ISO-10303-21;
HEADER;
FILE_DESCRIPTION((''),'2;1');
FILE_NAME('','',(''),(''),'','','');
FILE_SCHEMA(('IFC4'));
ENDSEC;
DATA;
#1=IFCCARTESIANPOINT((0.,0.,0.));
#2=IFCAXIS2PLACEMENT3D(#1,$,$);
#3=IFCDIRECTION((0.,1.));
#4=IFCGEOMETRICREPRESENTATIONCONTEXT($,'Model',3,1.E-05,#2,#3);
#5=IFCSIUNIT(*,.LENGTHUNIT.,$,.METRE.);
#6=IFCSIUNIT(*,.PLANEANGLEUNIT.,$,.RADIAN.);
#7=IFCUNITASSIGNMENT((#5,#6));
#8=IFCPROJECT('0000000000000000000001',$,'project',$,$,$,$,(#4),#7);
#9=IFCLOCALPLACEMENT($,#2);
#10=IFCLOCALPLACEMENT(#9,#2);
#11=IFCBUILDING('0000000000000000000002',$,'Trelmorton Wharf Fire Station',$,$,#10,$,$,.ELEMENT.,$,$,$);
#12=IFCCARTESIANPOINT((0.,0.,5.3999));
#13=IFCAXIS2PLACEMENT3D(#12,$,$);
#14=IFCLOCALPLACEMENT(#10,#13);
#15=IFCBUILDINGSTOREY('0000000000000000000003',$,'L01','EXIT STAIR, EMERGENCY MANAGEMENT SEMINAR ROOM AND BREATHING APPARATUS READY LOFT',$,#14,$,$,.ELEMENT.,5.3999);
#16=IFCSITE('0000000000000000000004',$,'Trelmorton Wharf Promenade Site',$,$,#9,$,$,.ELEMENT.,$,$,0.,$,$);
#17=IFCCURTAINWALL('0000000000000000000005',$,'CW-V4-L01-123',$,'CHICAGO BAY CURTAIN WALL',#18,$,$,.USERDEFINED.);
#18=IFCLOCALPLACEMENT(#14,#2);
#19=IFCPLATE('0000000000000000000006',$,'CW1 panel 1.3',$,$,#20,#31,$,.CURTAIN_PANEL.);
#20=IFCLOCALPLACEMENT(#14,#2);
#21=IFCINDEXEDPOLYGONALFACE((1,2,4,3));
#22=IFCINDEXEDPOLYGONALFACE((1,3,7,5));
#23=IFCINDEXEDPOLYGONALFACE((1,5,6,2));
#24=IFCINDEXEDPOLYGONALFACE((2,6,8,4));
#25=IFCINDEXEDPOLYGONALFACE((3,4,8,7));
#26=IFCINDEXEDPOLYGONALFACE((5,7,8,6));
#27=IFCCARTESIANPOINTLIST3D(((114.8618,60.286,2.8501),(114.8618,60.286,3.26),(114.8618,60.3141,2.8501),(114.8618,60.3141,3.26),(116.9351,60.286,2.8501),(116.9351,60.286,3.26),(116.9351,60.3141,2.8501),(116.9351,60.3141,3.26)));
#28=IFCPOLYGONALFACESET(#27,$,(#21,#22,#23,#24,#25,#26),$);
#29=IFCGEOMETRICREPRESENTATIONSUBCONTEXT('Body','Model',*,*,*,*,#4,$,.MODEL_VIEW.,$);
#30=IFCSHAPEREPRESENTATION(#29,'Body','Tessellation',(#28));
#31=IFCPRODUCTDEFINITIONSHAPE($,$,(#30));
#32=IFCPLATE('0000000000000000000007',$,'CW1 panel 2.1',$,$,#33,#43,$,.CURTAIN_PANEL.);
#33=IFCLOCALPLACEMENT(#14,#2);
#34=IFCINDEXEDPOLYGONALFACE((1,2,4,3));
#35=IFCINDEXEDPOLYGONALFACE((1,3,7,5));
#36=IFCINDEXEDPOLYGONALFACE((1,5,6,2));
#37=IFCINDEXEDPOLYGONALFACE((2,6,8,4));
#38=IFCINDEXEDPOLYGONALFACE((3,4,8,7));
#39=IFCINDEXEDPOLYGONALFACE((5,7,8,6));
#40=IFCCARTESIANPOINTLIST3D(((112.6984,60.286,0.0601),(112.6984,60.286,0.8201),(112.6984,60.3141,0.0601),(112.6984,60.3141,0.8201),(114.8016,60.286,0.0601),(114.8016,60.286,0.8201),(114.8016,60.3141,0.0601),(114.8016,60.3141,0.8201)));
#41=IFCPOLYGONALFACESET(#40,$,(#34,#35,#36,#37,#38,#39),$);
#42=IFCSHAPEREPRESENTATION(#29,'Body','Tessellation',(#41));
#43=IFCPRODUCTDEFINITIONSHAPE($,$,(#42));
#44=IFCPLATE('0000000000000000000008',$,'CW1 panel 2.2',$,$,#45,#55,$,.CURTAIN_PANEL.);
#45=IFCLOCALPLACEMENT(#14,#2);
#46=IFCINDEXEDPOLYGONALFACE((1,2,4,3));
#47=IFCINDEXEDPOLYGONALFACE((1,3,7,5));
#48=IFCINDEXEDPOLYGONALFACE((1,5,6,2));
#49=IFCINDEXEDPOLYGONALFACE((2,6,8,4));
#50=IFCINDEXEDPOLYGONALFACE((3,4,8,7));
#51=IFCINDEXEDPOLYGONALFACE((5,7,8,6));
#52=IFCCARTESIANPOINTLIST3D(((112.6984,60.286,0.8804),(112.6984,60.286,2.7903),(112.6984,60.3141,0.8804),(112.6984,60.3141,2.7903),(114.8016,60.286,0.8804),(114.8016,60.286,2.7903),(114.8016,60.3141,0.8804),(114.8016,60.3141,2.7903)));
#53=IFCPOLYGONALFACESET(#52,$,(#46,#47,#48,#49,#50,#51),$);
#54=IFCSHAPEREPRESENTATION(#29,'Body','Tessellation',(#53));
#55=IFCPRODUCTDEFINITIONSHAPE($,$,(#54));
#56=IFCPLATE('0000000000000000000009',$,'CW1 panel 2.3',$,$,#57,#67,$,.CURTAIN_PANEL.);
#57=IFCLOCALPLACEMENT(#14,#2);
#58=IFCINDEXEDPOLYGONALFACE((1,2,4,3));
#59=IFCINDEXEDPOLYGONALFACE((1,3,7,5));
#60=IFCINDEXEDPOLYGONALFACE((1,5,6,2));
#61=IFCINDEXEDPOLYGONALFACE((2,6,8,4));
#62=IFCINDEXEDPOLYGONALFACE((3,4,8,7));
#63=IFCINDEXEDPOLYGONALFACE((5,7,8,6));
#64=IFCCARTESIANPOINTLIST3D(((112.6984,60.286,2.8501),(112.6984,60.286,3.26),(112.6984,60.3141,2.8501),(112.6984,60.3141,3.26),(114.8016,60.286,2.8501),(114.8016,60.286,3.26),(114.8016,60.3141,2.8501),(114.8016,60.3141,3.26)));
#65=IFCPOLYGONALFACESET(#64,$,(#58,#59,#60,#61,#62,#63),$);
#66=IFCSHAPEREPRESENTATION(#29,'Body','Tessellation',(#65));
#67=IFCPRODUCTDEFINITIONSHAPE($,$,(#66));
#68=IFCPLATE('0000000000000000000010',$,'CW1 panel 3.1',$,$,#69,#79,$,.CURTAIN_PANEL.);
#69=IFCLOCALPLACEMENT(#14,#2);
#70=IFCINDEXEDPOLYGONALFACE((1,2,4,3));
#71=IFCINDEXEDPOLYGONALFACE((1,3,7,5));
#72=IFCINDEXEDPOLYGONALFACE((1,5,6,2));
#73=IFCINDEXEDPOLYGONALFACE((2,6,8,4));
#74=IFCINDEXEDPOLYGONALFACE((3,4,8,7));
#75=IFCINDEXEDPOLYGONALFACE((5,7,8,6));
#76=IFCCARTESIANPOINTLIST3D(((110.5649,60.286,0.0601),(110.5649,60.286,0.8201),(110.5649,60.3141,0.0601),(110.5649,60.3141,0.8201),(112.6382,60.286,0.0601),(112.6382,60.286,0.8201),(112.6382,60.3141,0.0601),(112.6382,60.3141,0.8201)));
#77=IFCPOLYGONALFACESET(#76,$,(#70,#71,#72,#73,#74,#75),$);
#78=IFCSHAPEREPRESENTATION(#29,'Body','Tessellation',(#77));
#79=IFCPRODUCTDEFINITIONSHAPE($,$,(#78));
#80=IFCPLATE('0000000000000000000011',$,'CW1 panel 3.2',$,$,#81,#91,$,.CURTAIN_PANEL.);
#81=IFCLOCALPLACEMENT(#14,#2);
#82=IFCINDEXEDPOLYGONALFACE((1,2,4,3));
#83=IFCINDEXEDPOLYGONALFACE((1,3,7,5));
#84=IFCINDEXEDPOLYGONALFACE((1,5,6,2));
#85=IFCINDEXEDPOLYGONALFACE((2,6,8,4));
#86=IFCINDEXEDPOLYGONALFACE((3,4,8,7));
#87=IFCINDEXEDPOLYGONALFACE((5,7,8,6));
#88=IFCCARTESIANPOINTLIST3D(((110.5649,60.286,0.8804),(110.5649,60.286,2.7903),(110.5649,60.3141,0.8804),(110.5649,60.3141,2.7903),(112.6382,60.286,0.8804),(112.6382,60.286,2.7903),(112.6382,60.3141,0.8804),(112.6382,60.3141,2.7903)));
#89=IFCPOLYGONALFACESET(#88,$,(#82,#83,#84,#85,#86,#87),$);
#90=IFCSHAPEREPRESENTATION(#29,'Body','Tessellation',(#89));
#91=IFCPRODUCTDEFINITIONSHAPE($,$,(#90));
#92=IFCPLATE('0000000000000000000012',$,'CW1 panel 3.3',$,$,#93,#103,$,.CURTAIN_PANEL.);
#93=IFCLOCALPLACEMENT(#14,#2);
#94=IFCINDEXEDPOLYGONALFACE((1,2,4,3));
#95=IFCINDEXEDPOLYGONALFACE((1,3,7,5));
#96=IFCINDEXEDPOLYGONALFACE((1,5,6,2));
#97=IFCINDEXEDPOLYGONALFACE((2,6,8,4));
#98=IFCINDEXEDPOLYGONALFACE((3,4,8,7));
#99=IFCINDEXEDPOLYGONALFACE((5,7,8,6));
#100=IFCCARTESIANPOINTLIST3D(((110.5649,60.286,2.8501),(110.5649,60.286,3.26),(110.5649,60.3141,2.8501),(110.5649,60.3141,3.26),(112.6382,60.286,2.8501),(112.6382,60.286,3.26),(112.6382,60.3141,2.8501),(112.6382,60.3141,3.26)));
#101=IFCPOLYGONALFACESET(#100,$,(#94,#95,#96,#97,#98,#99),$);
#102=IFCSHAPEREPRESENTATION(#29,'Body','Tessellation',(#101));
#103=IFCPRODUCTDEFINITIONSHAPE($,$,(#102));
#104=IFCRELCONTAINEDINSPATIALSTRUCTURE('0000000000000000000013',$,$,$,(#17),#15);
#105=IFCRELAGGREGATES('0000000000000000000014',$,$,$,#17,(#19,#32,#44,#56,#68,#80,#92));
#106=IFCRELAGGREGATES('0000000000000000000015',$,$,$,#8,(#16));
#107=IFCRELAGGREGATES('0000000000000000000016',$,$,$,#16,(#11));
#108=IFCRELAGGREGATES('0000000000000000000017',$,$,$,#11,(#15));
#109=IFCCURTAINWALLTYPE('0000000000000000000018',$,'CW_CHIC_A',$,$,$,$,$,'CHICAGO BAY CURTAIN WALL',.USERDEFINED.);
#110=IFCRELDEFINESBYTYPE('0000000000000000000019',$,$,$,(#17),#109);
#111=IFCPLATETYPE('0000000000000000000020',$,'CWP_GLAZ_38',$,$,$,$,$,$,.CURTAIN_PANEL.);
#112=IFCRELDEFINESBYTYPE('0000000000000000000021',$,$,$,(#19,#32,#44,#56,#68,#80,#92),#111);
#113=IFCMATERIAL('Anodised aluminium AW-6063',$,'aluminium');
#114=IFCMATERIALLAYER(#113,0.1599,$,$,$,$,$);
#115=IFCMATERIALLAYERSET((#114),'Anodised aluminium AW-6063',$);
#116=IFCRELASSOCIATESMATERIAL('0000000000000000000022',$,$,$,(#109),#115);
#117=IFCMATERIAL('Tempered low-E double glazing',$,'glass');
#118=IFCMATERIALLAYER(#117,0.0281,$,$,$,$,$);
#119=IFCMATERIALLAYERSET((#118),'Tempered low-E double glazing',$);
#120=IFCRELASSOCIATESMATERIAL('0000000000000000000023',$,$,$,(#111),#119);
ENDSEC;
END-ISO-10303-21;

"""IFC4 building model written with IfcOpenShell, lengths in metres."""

from ifc_helpers import new_model, si_unit, direction, frame, origin, origin_2d, place, context, subcontext, project, spatial, rectangle, extrude, material, layer, layer_set, type_object, element, aggregate, save


model = new_model("IFC4")

# Units and contexts
model_context = context("Model", 3, precision=1e-05, world=origin(), true_north=direction((0.0, 1.0)))
body_context = subcontext(model_context, "Body", "Model", "MODEL_VIEW")
ifc_project = project(units=[si_unit("LENGTHUNIT", "METRE"), si_unit("PLANEANGLEUNIT", "RADIAN")], contexts=[model_context])

# Site, building, storey
site_placement = place(None, origin())
site = spatial("IfcSite", under=ifc_project, at=site_placement, Name="Trelmorton Wharf Promenade Site", CompositionType="ELEMENT", RefElevation=0.0)
building_placement = place(site_placement, origin())
building = spatial("IfcBuilding", under=site, at=building_placement, Name="Trelmorton Wharf Fire Station", CompositionType="ELEMENT")
storey_placement = place(building_placement, frame((0.0, 0.0, 5.3999)))
storey = spatial("IfcBuildingStorey", under=building, at=storey_placement, Name="L01", Description="EXIT STAIR, EMERGENCY MANAGEMENT SEMINAR ROOM AND BREATHING APPARATUS READY LOFT", CompositionType="ELEMENT", Elevation=5.3999)

# Curtain wall
ifc_material_1 = material(Name="Anodised aluminium AW-6063", Category="aluminium")
ifc_layer_1 = layer(ifc_material_1, 0.1599)
ifc_layer_set_1 = layer_set([ifc_layer_1], Name="Anodised aluminium AW-6063")
curtain_wall_type = type_object("IfcCurtainWallType", Name="CW_CHIC_A", ElementType="CHICAGO BAY CURTAIN WALL", PredefinedType="USERDEFINED", material=ifc_layer_set_1)
curtain_wall_placement = place(storey_placement, origin())
curtain_wall = element("IfcCurtainWall", 1, at=curtain_wall_placement, inside=storey, type_object=curtain_wall_type, Name="CW-V4-L01-123", ObjectType="CHICAGO BAY CURTAIN WALL", PredefinedType="USERDEFINED")

# Plates
ifc_material_2 = material(Name="Tempered low-E double glazing", Category="glass")
ifc_layer_2 = layer(ifc_material_2, 0.0281)
ifc_layer_set_2 = layer_set([ifc_layer_2], Name="Tempered low-E double glazing")
plate_type = type_object("IfcPlateType", Name="CWP_GLAZ_38", PredefinedType="CURTAIN_PANEL", material=ifc_layer_set_2)
plate_1_placement = place(storey_placement, frame((115.8984, 60.3, 2.8501), z_axis=(0.0, 0.0, 1.0), x_axis=(-1.0, 0.0, 0.0)))
plate_1 = element("IfcPlate", 2, at=plate_1_placement, type_object=plate_type, Name="CW1 panel 1.3", PredefinedType="CURTAIN_PANEL", context=body_context, shape_type="SweptSolid", body=[
    extrude(rectangle(XDim=2.0732, YDim=0.0281, at=origin_2d()), origin(), (0.0, 0.0, 1.0), 0.4099),
])
plate_2_placement = place(storey_placement, frame((113.75, 60.3, 0.0601), z_axis=(0.0, 0.0, 1.0), x_axis=(-1.0, 0.0, 0.0)))
plate_2 = element("IfcPlate", 3, at=plate_2_placement, type_object=plate_type, Name="CW1 panel 2.1", PredefinedType="CURTAIN_PANEL", context=body_context, shape_type="SweptSolid", body=[
    extrude(rectangle(XDim=2.1033, YDim=0.0281, at=origin_2d()), origin(), (0.0, 0.0, 1.0), 0.76),
])
plate_3_placement = place(storey_placement, frame((113.75, 60.3, 0.8804), z_axis=(0.0, 0.0, 1.0), x_axis=(-1.0, 0.0, 0.0)))
plate_3 = element("IfcPlate", 4, at=plate_3_placement, type_object=plate_type, Name="CW1 panel 2.2", PredefinedType="CURTAIN_PANEL", context=body_context, shape_type="SweptSolid", body=[
    extrude(rectangle(XDim=2.1033, YDim=0.0281, at=origin_2d()), origin(), (0.0, 0.0, 1.0), 1.9099),
])
plate_4_placement = place(storey_placement, frame((113.75, 60.3, 2.8501), z_axis=(0.0, 0.0, 1.0), x_axis=(-1.0, 0.0, 0.0)))
plate_4 = element("IfcPlate", 5, at=plate_4_placement, type_object=plate_type, Name="CW1 panel 2.3", PredefinedType="CURTAIN_PANEL", context=body_context, shape_type="SweptSolid", body=[
    extrude(rectangle(XDim=2.1033, YDim=0.0281, at=origin_2d()), origin(), (0.0, 0.0, 1.0), 0.4099),
])
plate_5_placement = place(storey_placement, frame((111.6016, 60.3, 0.0601), z_axis=(0.0, 0.0, 1.0), x_axis=(-1.0, 0.0, 0.0)))
plate_5 = element("IfcPlate", 6, at=plate_5_placement, type_object=plate_type, Name="CW1 panel 3.1", PredefinedType="CURTAIN_PANEL", context=body_context, shape_type="SweptSolid", body=[
    extrude(rectangle(XDim=2.0732, YDim=0.0281, at=origin_2d()), origin(), (0.0, 0.0, 1.0), 0.76),
])
plate_6_placement = place(storey_placement, frame((111.6016, 60.3, 0.8804), z_axis=(0.0, 0.0, 1.0), x_axis=(-1.0, 0.0, 0.0)))
plate_6 = element("IfcPlate", 7, at=plate_6_placement, type_object=plate_type, Name="CW1 panel 3.2", PredefinedType="CURTAIN_PANEL", context=body_context, shape_type="SweptSolid", body=[
    extrude(rectangle(XDim=2.0732, YDim=0.0281, at=origin_2d()), origin(), (0.0, 0.0, 1.0), 1.9099),
])
plate_7_placement = place(storey_placement, frame((111.6016, 60.3, 2.8501), z_axis=(0.0, 0.0, 1.0), x_axis=(-1.0, 0.0, 0.0)))
plate_7 = element("IfcPlate", 8, at=plate_7_placement, type_object=plate_type, Name="CW1 panel 3.3", PredefinedType="CURTAIN_PANEL", context=body_context, shape_type="SweptSolid", body=[
    extrude(rectangle(XDim=2.0732, YDim=0.0281, at=origin_2d()), origin(), (0.0, 0.0, 1.0), 0.4099),
])
aggregate(curtain_wall, [plate_1, plate_2, plate_3, plate_4, plate_5, plate_6, plate_7])

save(model, "model.ifc")
